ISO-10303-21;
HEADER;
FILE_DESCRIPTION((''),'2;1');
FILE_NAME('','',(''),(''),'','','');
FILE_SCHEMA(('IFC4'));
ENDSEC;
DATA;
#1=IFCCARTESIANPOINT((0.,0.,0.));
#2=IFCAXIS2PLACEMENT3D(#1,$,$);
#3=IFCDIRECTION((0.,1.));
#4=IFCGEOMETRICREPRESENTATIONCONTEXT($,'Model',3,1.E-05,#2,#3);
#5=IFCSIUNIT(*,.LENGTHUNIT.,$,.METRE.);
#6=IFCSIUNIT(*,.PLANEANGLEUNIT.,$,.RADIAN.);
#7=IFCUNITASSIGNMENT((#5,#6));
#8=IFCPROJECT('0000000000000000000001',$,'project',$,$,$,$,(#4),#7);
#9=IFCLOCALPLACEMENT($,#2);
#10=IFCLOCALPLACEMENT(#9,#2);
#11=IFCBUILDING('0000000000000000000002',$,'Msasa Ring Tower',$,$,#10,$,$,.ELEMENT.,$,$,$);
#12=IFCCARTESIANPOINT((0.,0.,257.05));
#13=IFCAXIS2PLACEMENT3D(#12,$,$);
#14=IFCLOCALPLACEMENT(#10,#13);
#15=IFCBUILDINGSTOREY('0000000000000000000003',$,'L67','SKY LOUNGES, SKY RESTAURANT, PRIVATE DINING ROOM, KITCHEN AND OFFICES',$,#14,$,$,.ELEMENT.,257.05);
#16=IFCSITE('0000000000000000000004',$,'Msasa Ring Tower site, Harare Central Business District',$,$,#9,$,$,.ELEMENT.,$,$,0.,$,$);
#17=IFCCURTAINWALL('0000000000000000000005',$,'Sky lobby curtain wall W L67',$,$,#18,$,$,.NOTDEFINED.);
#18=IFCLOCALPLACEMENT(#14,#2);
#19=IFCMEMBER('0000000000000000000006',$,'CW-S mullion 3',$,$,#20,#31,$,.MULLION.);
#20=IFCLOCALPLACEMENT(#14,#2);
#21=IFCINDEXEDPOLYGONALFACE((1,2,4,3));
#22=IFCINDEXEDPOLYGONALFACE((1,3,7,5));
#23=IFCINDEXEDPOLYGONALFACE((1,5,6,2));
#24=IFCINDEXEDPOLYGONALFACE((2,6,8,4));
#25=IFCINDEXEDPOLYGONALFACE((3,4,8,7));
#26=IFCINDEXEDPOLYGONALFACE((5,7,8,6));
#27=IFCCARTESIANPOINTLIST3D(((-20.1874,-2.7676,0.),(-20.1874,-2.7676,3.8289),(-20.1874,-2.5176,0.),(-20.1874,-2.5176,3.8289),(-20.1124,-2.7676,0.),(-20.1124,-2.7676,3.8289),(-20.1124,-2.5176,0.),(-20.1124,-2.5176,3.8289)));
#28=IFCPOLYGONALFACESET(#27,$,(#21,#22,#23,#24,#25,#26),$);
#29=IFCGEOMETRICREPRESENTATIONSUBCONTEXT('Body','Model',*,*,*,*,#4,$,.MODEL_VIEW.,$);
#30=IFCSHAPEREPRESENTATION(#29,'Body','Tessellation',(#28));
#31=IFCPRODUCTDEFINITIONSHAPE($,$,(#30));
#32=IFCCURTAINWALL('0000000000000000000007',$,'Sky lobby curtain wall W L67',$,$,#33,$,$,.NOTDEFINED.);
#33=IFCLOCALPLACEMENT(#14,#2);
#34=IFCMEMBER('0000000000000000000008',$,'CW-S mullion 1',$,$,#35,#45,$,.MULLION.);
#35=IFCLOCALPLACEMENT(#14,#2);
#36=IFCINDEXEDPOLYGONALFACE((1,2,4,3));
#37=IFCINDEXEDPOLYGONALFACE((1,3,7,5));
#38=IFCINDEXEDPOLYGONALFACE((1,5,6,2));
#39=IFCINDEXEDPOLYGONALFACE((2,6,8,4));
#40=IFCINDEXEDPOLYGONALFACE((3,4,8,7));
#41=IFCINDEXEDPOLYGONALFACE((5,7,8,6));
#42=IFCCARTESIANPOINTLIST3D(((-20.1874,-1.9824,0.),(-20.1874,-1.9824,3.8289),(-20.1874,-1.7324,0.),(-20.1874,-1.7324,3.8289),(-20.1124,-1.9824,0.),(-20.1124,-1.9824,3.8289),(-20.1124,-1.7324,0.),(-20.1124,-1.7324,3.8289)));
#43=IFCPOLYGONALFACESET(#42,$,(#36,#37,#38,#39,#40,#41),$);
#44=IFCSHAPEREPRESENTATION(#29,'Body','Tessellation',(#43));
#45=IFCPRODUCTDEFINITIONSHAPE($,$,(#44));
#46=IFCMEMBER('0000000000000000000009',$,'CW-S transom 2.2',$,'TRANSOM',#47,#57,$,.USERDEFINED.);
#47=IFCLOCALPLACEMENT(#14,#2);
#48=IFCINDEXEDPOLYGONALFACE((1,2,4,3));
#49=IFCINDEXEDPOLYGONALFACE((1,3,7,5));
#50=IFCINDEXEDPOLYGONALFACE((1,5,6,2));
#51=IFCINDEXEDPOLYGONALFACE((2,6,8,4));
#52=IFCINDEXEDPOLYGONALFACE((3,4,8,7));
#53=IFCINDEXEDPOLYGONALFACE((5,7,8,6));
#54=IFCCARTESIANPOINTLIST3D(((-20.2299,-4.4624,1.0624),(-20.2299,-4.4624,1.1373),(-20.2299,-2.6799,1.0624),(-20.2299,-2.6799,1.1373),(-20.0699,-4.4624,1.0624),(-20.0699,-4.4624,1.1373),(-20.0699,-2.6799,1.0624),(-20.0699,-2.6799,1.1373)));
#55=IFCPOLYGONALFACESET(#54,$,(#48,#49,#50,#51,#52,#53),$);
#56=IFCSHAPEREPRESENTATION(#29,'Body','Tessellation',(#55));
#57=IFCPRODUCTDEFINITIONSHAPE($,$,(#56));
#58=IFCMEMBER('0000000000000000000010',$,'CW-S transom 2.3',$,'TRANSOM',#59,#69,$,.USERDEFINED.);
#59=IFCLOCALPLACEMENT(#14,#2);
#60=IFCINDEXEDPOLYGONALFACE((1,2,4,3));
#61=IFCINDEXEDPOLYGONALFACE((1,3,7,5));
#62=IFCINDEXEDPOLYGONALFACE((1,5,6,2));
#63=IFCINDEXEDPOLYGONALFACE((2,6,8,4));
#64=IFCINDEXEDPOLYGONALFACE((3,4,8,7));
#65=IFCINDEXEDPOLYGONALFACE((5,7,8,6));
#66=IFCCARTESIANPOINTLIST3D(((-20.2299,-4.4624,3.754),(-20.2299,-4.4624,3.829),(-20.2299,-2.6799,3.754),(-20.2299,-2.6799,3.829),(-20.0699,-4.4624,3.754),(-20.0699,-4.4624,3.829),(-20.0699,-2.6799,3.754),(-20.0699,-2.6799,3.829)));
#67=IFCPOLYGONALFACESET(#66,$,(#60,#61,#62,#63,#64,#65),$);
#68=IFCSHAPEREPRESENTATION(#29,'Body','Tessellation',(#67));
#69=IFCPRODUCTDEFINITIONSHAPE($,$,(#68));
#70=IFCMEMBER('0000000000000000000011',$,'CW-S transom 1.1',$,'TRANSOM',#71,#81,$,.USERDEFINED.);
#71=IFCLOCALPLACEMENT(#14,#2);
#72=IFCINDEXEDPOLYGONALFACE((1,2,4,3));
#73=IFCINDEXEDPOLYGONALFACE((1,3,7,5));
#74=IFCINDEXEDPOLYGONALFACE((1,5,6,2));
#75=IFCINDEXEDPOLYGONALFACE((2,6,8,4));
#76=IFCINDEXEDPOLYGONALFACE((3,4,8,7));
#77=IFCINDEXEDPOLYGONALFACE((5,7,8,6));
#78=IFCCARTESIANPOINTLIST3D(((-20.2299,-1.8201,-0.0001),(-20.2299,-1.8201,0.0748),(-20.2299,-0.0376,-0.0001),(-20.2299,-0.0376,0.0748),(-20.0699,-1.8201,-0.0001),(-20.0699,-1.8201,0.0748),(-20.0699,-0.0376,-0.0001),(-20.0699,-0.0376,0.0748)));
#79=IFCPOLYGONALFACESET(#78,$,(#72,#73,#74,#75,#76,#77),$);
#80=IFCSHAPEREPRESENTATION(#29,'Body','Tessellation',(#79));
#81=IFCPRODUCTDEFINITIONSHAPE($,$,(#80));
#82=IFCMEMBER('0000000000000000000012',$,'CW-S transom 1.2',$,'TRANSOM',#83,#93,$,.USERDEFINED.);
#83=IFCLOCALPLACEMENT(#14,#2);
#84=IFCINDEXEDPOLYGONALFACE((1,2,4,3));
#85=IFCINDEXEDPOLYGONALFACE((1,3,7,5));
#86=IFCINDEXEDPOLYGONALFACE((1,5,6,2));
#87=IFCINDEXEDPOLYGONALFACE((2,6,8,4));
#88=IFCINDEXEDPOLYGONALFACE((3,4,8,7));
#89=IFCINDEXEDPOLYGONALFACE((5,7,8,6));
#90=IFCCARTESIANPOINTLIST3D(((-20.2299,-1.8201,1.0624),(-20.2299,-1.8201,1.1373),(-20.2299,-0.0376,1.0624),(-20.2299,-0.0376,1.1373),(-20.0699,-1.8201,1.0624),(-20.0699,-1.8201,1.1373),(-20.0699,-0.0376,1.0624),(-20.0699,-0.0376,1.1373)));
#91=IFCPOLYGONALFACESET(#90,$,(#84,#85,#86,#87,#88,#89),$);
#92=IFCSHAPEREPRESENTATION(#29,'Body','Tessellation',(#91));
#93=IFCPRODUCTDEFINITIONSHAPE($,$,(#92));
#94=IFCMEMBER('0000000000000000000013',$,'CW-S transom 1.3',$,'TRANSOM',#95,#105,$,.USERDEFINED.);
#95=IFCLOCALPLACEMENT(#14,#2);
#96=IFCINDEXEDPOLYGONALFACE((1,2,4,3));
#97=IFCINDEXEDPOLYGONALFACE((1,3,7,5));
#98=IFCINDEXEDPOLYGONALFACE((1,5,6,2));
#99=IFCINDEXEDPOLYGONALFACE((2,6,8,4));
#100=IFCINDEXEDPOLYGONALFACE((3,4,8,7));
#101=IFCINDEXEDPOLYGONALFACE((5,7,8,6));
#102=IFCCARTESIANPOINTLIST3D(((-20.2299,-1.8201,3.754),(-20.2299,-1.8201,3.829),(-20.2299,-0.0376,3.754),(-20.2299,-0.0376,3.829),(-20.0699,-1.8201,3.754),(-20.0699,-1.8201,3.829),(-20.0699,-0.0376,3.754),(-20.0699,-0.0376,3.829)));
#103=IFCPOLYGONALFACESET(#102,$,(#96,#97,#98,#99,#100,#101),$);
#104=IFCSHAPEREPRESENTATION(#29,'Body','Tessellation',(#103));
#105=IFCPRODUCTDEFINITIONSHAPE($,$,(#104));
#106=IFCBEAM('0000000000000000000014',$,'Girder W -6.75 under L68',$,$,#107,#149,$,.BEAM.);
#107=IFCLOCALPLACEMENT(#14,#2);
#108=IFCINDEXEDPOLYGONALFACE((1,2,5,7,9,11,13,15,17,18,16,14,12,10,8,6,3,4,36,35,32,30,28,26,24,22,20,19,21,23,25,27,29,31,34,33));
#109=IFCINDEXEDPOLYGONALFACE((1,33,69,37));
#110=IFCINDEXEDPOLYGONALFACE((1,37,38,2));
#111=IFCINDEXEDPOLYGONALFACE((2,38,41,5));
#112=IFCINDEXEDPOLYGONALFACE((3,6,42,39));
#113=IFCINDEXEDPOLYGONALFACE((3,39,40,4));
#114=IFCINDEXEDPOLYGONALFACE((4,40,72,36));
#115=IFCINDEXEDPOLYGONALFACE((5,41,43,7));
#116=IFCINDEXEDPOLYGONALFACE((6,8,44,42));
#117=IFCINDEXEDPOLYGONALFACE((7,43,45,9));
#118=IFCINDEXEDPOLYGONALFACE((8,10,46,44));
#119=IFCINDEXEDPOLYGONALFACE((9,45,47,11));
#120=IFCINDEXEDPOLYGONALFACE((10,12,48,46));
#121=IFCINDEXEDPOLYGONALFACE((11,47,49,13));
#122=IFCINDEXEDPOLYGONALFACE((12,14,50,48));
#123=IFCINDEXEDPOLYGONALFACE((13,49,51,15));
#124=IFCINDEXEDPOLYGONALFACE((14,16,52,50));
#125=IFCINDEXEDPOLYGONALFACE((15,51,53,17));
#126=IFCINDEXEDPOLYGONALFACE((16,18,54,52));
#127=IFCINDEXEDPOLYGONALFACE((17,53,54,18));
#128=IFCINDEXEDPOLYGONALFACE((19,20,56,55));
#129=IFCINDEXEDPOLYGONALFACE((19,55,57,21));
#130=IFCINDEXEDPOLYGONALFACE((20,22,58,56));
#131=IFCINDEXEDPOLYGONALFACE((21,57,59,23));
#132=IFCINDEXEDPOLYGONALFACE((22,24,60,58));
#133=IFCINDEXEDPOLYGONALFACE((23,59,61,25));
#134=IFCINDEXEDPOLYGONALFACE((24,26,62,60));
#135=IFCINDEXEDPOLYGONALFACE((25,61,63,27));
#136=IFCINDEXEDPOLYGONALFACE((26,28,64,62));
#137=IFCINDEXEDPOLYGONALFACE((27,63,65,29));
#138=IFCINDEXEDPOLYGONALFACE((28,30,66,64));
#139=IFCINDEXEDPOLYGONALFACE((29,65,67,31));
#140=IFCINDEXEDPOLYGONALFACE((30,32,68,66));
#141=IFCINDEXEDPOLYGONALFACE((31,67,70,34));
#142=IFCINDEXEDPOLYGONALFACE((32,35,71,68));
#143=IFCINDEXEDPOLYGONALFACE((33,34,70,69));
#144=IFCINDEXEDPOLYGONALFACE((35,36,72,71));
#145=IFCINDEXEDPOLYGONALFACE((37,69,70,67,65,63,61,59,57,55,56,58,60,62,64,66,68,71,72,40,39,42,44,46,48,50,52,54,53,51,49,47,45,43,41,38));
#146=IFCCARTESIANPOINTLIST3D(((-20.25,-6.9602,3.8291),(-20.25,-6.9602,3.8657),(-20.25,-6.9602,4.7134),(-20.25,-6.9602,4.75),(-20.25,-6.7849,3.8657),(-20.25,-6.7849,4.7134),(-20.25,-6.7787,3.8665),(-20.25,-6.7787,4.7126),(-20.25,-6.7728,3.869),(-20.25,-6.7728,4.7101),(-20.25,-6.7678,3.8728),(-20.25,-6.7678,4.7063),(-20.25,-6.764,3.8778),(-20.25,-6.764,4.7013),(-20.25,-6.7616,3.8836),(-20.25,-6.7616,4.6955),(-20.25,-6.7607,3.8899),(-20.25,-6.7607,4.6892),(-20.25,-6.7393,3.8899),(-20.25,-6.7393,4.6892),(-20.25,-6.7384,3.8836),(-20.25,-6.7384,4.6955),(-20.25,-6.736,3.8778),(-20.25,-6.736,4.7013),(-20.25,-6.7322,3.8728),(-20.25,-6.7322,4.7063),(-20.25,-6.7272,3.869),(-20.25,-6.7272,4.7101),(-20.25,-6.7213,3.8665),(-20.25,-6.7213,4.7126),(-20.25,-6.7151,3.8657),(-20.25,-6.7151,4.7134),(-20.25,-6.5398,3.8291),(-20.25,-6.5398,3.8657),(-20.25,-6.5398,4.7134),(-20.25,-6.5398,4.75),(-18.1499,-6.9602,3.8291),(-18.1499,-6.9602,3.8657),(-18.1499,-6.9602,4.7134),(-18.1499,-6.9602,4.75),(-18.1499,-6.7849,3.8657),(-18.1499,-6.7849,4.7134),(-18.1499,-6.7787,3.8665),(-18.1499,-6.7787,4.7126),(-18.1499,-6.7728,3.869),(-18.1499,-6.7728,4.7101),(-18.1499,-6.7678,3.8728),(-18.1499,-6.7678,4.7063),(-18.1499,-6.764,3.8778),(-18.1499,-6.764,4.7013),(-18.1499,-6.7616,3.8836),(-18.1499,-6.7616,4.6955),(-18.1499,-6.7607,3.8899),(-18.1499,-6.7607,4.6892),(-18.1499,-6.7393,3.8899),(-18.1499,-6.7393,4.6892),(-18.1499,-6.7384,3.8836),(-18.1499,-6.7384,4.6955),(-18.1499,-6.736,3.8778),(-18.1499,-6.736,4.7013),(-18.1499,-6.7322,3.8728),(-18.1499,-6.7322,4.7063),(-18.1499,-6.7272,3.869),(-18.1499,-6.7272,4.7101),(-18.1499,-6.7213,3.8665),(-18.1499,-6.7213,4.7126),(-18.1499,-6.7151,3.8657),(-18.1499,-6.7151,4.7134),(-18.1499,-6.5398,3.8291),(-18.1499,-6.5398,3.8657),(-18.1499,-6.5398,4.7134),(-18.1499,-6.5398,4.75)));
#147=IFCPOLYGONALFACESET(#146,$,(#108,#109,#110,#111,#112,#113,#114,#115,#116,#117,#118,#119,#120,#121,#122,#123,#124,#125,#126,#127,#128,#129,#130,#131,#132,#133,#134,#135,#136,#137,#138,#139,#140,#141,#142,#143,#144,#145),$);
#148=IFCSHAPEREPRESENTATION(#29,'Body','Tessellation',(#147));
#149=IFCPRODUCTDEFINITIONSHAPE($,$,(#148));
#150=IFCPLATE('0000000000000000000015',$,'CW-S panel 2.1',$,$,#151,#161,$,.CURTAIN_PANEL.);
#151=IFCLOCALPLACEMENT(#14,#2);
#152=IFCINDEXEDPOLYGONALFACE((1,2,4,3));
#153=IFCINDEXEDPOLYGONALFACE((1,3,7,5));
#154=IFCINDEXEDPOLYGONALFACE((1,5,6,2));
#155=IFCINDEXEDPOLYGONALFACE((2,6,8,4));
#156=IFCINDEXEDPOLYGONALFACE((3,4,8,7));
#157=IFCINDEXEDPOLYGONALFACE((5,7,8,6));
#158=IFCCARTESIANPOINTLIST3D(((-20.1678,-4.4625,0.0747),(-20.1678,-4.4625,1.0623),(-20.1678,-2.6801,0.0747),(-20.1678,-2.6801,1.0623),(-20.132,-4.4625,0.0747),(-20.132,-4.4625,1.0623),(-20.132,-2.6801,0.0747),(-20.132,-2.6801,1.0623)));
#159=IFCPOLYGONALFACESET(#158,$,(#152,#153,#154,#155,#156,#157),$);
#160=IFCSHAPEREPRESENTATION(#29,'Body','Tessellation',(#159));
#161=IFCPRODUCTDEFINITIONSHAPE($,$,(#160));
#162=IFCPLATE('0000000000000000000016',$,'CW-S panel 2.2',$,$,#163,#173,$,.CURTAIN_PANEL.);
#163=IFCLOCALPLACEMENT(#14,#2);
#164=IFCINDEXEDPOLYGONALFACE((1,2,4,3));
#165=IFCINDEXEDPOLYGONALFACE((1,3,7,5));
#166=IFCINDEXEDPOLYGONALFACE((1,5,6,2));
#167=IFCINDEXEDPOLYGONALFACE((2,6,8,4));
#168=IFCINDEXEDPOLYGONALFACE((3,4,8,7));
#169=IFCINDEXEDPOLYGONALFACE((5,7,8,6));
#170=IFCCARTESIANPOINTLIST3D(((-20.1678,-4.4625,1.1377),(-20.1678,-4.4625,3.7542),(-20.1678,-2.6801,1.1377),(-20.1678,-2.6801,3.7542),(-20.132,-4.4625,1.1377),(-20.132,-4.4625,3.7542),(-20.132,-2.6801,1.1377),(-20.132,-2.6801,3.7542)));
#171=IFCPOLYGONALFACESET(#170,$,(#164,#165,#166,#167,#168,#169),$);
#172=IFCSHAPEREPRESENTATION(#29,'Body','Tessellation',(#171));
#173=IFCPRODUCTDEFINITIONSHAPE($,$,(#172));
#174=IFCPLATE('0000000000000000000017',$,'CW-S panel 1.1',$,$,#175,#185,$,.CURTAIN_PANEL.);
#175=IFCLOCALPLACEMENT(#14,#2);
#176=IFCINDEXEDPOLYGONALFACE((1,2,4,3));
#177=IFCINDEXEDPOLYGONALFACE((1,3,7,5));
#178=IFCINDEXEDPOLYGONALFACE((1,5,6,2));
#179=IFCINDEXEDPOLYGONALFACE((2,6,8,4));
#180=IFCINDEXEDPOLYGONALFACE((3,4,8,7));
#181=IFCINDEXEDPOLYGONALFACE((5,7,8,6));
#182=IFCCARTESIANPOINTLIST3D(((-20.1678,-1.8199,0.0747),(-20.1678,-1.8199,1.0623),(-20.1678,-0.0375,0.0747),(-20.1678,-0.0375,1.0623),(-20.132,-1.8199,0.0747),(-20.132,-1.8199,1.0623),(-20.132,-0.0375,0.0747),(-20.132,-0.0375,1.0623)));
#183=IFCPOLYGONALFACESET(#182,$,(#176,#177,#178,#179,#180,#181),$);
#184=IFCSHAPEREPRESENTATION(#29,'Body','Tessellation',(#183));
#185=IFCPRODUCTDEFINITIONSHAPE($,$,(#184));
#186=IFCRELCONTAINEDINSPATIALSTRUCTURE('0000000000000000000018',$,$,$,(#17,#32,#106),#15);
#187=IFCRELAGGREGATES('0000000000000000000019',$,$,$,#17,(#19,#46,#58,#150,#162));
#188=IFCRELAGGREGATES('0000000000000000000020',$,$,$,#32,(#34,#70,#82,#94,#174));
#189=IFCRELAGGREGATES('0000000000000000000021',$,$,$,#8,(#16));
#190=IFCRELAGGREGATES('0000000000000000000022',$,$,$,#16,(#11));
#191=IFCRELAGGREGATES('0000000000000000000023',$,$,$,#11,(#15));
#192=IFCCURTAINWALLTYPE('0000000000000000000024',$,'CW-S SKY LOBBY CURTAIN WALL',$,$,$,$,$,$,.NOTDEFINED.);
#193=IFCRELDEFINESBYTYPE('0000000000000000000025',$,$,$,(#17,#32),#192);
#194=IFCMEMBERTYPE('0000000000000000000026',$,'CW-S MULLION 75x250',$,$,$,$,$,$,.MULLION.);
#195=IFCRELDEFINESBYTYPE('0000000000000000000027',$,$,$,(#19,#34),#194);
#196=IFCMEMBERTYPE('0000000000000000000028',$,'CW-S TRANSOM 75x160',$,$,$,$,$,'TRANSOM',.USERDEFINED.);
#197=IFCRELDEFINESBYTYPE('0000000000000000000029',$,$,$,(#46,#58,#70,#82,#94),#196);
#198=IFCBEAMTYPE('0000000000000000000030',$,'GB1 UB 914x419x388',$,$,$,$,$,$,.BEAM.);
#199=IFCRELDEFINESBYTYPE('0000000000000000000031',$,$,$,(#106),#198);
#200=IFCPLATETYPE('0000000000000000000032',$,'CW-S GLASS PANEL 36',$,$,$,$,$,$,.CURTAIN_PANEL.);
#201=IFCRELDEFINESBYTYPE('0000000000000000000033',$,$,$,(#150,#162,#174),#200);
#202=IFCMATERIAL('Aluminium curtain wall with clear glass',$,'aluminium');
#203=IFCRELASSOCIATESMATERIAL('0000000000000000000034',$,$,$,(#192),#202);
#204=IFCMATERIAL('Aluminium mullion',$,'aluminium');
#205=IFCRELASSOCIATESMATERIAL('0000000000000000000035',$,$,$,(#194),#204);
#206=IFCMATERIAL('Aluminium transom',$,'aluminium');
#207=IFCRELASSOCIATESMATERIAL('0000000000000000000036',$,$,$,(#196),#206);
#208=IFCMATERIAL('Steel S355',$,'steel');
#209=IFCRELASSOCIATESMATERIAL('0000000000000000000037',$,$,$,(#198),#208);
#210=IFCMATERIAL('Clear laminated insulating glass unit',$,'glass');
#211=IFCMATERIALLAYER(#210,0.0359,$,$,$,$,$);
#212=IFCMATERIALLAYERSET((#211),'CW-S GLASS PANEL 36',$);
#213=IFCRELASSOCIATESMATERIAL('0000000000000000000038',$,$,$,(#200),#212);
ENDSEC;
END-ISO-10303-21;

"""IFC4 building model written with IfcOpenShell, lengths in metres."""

from ifc_helpers import new_model, si_unit, direction, frame, origin, origin_2d, place, context, subcontext, project, spatial, rectangle, i_section, extrude, material, layer, layer_set, material_profile, profile_set, type_object, element, aggregate, save


model = new_model("IFC4")

# Units and contexts
model_context = context("Model", 3, precision=1e-05, world=origin(), true_north=direction((0.0, 1.0)))
body_context = subcontext(model_context, "Body", "Model", "MODEL_VIEW")
ifc_project = project(units=[si_unit("LENGTHUNIT", "METRE"), si_unit("PLANEANGLEUNIT", "RADIAN")], contexts=[model_context])

# Site, building, storey
site_placement = place(None, origin())
site = spatial("IfcSite", under=ifc_project, at=site_placement, Name="Msasa Ring Tower site, Harare Central Business District", CompositionType="ELEMENT", RefElevation=0.0)
building_placement = place(site_placement, origin())
building = spatial("IfcBuilding", under=site, at=building_placement, Name="Msasa Ring Tower", CompositionType="ELEMENT")
storey_placement = place(building_placement, frame((0.0, 0.0, 257.05)))
storey = spatial("IfcBuildingStorey", under=building, at=storey_placement, Name="L67", Description="SKY LOUNGES, SKY RESTAURANT, PRIVATE DINING ROOM, KITCHEN AND OFFICES", CompositionType="ELEMENT", Elevation=257.05)

# Curtain walls, members
ifc_material_1 = material(Name="Aluminium curtain wall with clear glass", Category="aluminium")
curtain_wall_type = type_object("IfcCurtainWallType", Name="CW-S SKY LOBBY CURTAIN WALL", PredefinedType="NOTDEFINED", material=ifc_material_1)
curtain_wall_1_placement = place(storey_placement, origin())
curtain_wall_1 = element("IfcCurtainWall", 1, at=curtain_wall_1_placement, inside=storey, type_object=curtain_wall_type, Name="Sky lobby curtain wall W L67", PredefinedType="NOTDEFINED")
ifc_material_2 = material(Name="Aluminium mullion", Category="aluminium")
ifc_material_profile_1 = material_profile(ifc_material_2, rectangle(XDim=0.075, YDim=0.25, at=origin_2d()), Name="AL 75x250")
ifc_profile_set_1 = profile_set([ifc_material_profile_1], Name="Aluminium mullion")
member_type_1 = type_object("IfcMemberType", Name="CW-S MULLION 75x250", PredefinedType="MULLION", material=ifc_profile_set_1)
member_1_placement = place(storey_placement, frame((-20.1499, -2.6426, 0.0), z_axis=(0.0, 0.0, 1.0), x_axis=(-1.0, 0.0, 0.0)))
member_1 = element("IfcMember", 2, at=member_1_placement, type_object=member_type_1, Name="CW-S mullion 3", PredefinedType="MULLION", context=body_context, shape_type="SweptSolid", body=[
    extrude(rectangle(XDim=0.075, YDim=0.25, at=origin_2d()), origin(), (0.0, 0.0, 1.0), 3.8289),
])
curtain_wall_2_placement = place(storey_placement, origin())
curtain_wall_2 = element("IfcCurtainWall", 3, at=curtain_wall_2_placement, inside=storey, type_object=curtain_wall_type, Name="Sky lobby curtain wall W L67", PredefinedType="NOTDEFINED")
member_2_placement = place(storey_placement, frame((-20.1499, -1.8574, 0.0), z_axis=(0.0, 0.0, 1.0), x_axis=(-1.0, 0.0, 0.0)))
member_2 = element("IfcMember", 4, at=member_2_placement, type_object=member_type_1, Name="CW-S mullion 1", PredefinedType="MULLION", context=body_context, shape_type="SweptSolid", body=[
    extrude(rectangle(XDim=0.075, YDim=0.25, at=origin_2d()), origin(), (0.0, 0.0, 1.0), 3.8289),
])

# Members
ifc_material_3 = material(Name="Aluminium transom", Category="aluminium")
ifc_material_profile_2 = material_profile(ifc_material_3, rectangle(XDim=0.1599, YDim=0.075, at=origin_2d()), Name="AL 75x160")
ifc_profile_set_2 = profile_set([ifc_material_profile_2], Name="Aluminium transom")
member_type_2 = type_object("IfcMemberType", Name="CW-S TRANSOM 75x160", ElementType="TRANSOM", PredefinedType="USERDEFINED", material=ifc_profile_set_2)
member_3_placement = place(storey_placement, frame((-20.1499, -4.4624, 1.0999), z_axis=(0.0, 1.0, 0.0), x_axis=(-1.0, 0.0, 0.0)))
member_3 = element("IfcMember", 5, at=member_3_placement, type_object=member_type_2, Name="CW-S transom 2.2", ObjectType="TRANSOM", PredefinedType="USERDEFINED", context=body_context, shape_type="SweptSolid", body=[
    extrude(rectangle(XDim=0.1599, YDim=0.075, at=origin_2d()), origin(), (0.0, 0.0, 1.0), 1.7825),
])
member_4_placement = place(storey_placement, frame((-20.1499, -4.4624, 3.7915), z_axis=(0.0, 1.0, 0.0), x_axis=(-1.0, 0.0, 0.0)))
member_4 = element("IfcMember", 6, at=member_4_placement, type_object=member_type_2, Name="CW-S transom 2.3", ObjectType="TRANSOM", PredefinedType="USERDEFINED", context=body_context, shape_type="SweptSolid", body=[
    extrude(rectangle(XDim=0.1599, YDim=0.075, at=origin_2d()), origin(), (0.0, 0.0, 1.0), 1.7825),
])
member_5_placement = place(storey_placement, frame((-20.1499, -1.8201, 0.0374), z_axis=(0.0, 1.0, 0.0), x_axis=(-1.0, 0.0, 0.0)))
member_5 = element("IfcMember", 7, at=member_5_placement, type_object=member_type_2, Name="CW-S transom 1.1", ObjectType="TRANSOM", PredefinedType="USERDEFINED", context=body_context, shape_type="SweptSolid", body=[
    extrude(rectangle(XDim=0.1599, YDim=0.075, at=origin_2d()), origin(), (0.0, 0.0, 1.0), 1.7825),
])
member_6_placement = place(storey_placement, frame((-20.1499, -1.8201, 1.0999), z_axis=(0.0, 1.0, 0.0), x_axis=(-1.0, 0.0, 0.0)))
member_6 = element("IfcMember", 8, at=member_6_placement, type_object=member_type_2, Name="CW-S transom 1.2", ObjectType="TRANSOM", PredefinedType="USERDEFINED", context=body_context, shape_type="SweptSolid", body=[
    extrude(rectangle(XDim=0.1599, YDim=0.075, at=origin_2d()), origin(), (0.0, 0.0, 1.0), 1.7825),
])
member_7_placement = place(storey_placement, frame((-20.1499, -1.8201, 3.7915), z_axis=(0.0, 1.0, 0.0), x_axis=(-1.0, 0.0, 0.0)))
member_7 = element("IfcMember", 9, at=member_7_placement, type_object=member_type_2, Name="CW-S transom 1.3", ObjectType="TRANSOM", PredefinedType="USERDEFINED", context=body_context, shape_type="SweptSolid", body=[
    extrude(rectangle(XDim=0.1599, YDim=0.075, at=origin_2d()), origin(), (0.0, 0.0, 1.0), 1.7825),
])

# Beam
ifc_material_4 = material(Name="Steel S355", Category="steel")
ifc_material_profile_3 = material_profile(ifc_material_4, i_section(OverallWidth=0.4204, OverallDepth=0.9209, WebThickness=0.0215, FlangeThickness=0.0366, FilletRadius=0.0242, at=origin_2d()), Name="UB 914x419x388")
ifc_profile_set_3 = profile_set([ifc_material_profile_3], Name="Steel S355")
beam_type = type_object("IfcBeamType", Name="GB1 UB 914x419x388", PredefinedType="BEAM", material=ifc_profile_set_3)
beam_placement = place(storey_placement, frame((-18.1499, -6.75, 4.2896), z_axis=(-1.0, 0.0, 0.0), x_axis=(0.0, -1.0, 0.0)))
element("IfcBeam", 10, at=beam_placement, inside=storey, type_object=beam_type, Name="Girder W -6.75 under L68", PredefinedType="BEAM", context=body_context, shape_type="SweptSolid", body=[
    extrude(i_section(OverallWidth=0.4204, OverallDepth=0.9209, WebThickness=0.0215, FlangeThickness=0.0366, FilletRadius=0.0242, at=origin_2d()), origin(), (0.0, 0.0, 1.0), 2.1001),
])

# Plates
ifc_material_5 = material(Name="Clear laminated insulating glass unit", Category="glass")
ifc_layer_1 = layer(ifc_material_5, 0.0359)
ifc_layer_set_1 = layer_set([ifc_layer_1], Name="CW-S GLASS PANEL 36")
plate_type = type_object("IfcPlateType", Name="CW-S GLASS PANEL 36", PredefinedType="CURTAIN_PANEL", material=ifc_layer_set_1)
plate_1_placement = place(storey_placement, frame((-20.1499, -3.5713, 0.0747), z_axis=(0.0, 0.0, 1.0), x_axis=(0.0, 1.0, 0.0)))
plate_1 = element("IfcPlate", 11, at=plate_1_placement, type_object=plate_type, Name="CW-S panel 2.1", PredefinedType="CURTAIN_PANEL", context=body_context, shape_type="SweptSolid", body=[
    extrude(rectangle(XDim=1.7825, YDim=0.0359, at=origin_2d()), origin(), (0.0, 0.0, 1.0), 0.9875),
])
plate_2_placement = place(storey_placement, frame((-20.1499, -3.5713, 1.1377), z_axis=(0.0, 0.0, 1.0), x_axis=(0.0, 1.0, 0.0)))
plate_2 = element("IfcPlate", 12, at=plate_2_placement, type_object=plate_type, Name="CW-S panel 2.2", PredefinedType="CURTAIN_PANEL", context=body_context, shape_type="SweptSolid", body=[
    extrude(rectangle(XDim=1.7825, YDim=0.0359, at=origin_2d()), origin(), (0.0, 0.0, 1.0), 2.6165),
])
aggregate(curtain_wall_1, [member_1, member_3, member_4, plate_1, plate_2])
plate_3_placement = place(storey_placement, frame((-20.1499, -0.9287, 0.0747), z_axis=(0.0, 0.0, 1.0), x_axis=(0.0, 1.0, 0.0)))
plate_3 = element("IfcPlate", 13, at=plate_3_placement, type_object=plate_type, Name="CW-S panel 1.1", PredefinedType="CURTAIN_PANEL", context=body_context, shape_type="SweptSolid", body=[
    extrude(rectangle(XDim=1.7825, YDim=0.0359, at=origin_2d()), origin(), (0.0, 0.0, 1.0), 0.9875),
])
aggregate(curtain_wall_2, [member_2, member_5, member_6, member_7, plate_3])

save(model, "model.ifc")
